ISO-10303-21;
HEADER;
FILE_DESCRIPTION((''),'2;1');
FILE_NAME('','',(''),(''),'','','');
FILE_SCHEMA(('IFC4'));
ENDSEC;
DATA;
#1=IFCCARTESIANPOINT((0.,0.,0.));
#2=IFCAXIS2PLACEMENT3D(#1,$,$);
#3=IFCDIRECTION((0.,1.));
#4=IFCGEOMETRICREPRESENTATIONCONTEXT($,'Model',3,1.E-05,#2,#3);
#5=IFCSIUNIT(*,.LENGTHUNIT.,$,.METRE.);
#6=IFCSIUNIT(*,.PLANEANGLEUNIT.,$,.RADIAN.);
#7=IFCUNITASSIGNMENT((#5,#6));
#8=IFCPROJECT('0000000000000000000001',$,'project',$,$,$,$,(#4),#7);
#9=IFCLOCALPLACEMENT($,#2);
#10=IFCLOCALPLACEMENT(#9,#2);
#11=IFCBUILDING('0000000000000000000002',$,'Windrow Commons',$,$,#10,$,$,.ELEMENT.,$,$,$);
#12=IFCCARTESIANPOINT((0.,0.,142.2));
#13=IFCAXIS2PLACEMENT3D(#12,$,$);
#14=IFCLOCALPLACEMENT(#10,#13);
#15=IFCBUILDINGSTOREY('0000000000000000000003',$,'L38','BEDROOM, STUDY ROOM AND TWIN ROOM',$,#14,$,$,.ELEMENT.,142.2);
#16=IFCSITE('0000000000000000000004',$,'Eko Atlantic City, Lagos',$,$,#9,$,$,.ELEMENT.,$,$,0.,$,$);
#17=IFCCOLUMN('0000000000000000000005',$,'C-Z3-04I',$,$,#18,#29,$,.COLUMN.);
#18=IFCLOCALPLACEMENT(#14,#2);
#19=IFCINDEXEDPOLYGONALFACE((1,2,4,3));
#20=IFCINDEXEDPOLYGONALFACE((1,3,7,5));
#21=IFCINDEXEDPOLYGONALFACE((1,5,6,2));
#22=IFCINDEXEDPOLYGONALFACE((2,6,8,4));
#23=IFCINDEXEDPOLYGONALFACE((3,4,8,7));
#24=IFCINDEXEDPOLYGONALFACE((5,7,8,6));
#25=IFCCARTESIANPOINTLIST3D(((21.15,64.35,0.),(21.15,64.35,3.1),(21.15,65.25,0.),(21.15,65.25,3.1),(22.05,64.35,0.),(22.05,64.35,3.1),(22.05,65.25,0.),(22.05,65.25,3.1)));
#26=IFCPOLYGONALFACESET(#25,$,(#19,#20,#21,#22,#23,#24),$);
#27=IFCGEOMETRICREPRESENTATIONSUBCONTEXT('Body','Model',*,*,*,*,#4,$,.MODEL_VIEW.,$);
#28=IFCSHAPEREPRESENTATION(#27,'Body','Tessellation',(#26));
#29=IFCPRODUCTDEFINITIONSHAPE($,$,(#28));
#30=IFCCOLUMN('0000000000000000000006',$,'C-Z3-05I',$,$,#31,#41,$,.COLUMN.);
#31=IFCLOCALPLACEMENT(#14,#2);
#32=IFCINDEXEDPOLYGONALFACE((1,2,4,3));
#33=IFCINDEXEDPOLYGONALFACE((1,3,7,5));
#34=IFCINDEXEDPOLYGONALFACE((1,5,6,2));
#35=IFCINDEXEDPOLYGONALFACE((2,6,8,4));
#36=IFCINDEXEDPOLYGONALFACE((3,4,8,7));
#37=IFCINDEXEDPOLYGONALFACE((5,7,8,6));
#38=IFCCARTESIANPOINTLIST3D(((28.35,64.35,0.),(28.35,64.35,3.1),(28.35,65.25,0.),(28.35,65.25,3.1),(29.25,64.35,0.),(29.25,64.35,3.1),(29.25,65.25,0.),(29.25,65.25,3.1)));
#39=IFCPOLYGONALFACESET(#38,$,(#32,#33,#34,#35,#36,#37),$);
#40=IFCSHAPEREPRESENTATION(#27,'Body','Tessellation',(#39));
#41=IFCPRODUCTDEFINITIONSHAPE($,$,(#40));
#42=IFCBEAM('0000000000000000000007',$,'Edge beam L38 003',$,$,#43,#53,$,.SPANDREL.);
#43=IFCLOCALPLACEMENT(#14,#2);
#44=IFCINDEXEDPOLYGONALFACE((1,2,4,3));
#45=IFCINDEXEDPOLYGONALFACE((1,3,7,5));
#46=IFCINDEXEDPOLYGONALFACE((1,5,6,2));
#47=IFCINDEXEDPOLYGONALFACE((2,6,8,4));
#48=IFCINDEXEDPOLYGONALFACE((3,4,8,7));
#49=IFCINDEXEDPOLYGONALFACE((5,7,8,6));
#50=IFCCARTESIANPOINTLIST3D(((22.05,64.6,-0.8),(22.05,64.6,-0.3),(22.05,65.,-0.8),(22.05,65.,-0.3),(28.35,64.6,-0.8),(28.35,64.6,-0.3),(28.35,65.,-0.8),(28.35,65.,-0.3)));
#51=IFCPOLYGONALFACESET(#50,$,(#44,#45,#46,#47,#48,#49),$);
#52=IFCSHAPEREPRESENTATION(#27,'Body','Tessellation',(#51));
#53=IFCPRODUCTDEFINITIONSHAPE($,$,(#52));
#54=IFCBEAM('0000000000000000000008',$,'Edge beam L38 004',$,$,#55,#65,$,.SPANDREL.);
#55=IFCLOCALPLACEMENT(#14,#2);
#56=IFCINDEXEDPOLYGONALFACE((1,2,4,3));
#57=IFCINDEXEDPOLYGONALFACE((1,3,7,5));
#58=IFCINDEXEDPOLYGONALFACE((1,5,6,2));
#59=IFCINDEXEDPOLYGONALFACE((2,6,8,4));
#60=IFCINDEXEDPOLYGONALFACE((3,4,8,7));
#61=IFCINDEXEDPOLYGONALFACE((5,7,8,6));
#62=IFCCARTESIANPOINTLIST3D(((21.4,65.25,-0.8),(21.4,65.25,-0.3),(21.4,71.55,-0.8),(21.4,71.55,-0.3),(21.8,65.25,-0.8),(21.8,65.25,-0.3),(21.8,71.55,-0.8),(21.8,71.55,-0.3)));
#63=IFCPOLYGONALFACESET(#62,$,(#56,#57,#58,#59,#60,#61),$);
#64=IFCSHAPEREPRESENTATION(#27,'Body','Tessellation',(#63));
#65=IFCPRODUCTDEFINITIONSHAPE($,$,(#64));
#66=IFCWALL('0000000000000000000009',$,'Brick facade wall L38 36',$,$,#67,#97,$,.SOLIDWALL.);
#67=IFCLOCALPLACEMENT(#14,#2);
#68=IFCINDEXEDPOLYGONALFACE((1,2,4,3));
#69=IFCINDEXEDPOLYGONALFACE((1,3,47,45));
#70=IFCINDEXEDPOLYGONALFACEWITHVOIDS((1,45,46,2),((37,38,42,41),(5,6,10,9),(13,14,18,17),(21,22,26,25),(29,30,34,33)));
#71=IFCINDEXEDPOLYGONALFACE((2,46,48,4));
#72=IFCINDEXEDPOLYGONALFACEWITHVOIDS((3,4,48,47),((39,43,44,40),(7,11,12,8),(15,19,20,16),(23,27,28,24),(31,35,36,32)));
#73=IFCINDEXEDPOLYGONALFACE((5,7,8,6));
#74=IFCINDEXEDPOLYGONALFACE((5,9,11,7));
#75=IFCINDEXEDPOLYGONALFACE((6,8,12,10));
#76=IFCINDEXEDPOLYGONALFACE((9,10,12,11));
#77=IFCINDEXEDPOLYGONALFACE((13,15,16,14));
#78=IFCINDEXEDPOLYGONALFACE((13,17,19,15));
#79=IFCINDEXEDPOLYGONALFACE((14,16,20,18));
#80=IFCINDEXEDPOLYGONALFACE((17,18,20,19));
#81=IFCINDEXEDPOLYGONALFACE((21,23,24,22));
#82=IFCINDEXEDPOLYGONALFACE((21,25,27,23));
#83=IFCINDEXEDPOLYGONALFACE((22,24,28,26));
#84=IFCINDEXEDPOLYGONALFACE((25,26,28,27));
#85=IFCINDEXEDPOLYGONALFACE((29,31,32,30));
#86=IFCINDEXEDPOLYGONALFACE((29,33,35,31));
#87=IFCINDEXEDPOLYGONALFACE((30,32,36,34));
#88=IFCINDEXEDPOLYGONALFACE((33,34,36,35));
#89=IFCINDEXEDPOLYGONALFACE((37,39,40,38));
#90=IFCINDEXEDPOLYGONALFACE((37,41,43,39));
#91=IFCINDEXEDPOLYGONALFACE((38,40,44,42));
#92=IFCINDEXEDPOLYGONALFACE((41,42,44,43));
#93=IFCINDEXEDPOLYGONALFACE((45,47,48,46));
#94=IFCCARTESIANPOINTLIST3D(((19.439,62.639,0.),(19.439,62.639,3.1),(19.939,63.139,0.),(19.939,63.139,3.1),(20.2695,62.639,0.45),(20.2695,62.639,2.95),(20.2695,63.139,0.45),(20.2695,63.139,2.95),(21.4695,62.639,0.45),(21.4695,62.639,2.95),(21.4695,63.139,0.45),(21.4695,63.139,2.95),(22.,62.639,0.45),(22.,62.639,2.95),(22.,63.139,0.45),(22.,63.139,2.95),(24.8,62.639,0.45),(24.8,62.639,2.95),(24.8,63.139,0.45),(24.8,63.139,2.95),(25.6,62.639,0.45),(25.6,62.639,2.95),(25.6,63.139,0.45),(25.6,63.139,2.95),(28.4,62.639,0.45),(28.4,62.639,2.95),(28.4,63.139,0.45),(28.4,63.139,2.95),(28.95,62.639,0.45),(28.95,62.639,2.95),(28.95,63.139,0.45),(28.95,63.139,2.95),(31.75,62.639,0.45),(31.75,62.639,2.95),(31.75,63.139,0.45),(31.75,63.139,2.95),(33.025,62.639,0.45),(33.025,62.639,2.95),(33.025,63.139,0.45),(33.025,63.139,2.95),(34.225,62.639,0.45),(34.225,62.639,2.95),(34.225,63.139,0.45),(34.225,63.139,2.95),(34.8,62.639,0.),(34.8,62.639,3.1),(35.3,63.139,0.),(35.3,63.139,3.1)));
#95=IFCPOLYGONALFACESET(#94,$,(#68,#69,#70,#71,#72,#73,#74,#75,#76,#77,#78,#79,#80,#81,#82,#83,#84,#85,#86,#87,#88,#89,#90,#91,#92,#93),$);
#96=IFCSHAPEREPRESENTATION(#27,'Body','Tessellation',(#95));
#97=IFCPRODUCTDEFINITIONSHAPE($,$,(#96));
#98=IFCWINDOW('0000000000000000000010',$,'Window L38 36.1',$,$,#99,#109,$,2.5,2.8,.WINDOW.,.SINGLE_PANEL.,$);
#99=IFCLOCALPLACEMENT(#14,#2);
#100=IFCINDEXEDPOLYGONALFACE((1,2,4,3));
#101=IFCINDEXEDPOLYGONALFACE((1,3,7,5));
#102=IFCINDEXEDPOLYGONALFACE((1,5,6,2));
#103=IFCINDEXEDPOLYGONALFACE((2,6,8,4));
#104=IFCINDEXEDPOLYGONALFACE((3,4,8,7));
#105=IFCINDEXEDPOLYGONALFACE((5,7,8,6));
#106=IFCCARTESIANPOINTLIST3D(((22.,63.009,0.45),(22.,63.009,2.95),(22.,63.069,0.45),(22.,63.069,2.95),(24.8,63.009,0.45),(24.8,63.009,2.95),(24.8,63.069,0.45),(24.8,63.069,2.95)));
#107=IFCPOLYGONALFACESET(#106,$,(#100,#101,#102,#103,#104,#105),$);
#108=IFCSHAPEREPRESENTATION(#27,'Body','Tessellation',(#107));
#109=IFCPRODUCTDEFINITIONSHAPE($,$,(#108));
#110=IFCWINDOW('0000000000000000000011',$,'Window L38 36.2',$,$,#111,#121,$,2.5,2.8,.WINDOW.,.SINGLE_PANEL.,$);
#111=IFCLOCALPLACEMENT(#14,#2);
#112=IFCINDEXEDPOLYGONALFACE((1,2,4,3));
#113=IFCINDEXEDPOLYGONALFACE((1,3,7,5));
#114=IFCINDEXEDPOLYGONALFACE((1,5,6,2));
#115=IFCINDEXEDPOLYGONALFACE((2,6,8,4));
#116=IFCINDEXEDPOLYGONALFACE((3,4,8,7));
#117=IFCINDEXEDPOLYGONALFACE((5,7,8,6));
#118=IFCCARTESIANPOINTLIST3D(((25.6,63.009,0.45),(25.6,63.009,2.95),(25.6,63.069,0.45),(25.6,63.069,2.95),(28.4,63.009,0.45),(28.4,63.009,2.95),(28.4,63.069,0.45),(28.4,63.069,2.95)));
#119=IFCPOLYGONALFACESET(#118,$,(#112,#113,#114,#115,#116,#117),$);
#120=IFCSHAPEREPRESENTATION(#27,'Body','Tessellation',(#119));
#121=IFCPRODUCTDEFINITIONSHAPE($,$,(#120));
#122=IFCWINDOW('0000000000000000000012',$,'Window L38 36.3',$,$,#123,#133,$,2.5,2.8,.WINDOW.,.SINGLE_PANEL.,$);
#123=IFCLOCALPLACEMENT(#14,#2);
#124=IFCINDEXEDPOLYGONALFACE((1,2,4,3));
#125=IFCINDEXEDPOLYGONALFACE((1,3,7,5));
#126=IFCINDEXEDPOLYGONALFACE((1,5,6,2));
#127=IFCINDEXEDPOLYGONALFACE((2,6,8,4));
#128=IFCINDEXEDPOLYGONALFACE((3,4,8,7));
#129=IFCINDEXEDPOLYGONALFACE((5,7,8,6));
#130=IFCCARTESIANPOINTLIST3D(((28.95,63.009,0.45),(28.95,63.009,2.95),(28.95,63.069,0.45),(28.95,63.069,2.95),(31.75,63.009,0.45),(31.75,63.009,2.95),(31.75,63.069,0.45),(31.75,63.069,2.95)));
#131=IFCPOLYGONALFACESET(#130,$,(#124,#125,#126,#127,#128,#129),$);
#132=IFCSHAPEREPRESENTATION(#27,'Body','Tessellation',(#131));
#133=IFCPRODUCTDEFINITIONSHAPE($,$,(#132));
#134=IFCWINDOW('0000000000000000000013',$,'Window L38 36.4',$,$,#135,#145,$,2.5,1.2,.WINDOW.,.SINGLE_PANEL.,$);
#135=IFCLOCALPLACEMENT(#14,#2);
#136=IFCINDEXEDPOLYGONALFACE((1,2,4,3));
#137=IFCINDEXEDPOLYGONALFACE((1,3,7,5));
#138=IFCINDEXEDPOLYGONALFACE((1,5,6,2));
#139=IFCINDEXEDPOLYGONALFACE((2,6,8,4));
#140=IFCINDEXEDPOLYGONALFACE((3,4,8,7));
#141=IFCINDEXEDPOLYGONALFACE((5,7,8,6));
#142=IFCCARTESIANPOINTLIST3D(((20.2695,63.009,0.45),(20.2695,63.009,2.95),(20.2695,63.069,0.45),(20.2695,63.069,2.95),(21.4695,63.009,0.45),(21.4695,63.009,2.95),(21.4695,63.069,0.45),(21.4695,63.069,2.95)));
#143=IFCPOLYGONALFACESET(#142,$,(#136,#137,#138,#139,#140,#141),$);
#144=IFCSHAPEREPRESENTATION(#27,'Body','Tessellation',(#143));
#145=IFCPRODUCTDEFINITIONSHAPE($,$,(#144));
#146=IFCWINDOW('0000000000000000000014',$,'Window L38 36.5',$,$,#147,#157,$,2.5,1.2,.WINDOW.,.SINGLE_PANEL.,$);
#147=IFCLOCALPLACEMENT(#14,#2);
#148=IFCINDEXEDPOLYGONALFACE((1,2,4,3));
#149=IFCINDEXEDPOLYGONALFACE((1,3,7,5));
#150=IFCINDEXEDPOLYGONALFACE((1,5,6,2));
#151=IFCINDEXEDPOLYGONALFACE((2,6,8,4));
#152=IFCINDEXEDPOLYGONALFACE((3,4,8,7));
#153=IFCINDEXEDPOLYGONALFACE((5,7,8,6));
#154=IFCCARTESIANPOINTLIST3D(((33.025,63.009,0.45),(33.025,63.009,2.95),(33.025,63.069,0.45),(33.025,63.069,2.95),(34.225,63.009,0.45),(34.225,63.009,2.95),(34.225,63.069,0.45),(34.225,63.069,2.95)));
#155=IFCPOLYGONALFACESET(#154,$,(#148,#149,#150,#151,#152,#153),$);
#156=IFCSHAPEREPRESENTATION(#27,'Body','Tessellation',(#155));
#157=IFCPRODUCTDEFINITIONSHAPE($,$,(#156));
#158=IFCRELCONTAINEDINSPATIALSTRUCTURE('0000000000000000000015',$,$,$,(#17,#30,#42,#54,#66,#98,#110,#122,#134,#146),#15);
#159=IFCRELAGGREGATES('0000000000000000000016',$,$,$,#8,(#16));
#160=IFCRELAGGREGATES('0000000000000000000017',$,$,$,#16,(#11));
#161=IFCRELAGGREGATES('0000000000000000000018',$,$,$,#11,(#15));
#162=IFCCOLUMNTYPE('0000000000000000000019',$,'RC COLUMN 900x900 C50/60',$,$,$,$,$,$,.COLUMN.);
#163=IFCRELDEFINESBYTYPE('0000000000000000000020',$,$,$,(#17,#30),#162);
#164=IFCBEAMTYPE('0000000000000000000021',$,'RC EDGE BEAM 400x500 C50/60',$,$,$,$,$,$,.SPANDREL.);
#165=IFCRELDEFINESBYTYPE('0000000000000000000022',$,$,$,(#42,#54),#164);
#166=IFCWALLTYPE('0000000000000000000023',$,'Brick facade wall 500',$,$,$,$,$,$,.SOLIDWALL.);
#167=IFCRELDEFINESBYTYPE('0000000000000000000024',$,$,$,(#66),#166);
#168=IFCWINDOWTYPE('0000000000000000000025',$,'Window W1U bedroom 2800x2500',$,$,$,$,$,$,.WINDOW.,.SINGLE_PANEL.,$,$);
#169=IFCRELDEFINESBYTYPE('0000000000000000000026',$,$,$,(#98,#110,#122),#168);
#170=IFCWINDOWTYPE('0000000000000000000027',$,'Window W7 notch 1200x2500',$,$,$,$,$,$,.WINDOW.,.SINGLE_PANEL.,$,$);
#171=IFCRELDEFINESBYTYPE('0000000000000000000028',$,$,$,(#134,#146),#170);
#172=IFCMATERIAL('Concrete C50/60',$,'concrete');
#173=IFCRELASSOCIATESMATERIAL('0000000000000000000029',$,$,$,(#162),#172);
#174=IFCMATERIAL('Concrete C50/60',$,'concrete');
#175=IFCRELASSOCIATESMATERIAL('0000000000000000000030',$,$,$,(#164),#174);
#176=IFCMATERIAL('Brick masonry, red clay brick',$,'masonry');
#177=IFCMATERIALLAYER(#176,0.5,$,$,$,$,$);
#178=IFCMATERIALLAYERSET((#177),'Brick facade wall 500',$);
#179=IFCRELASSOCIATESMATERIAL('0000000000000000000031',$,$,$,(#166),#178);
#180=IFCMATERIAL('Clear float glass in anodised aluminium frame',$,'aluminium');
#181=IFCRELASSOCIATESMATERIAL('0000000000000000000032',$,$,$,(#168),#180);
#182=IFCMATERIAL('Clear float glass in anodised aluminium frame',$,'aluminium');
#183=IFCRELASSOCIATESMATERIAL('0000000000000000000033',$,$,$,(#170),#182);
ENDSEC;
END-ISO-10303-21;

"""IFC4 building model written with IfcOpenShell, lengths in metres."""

from ifc_helpers import new_model, si_unit, direction, frame, frame_2d, origin, origin_2d, place, context, subcontext, project, spatial, polyline, rectangle, outline, extrude, material, layer, layer_set, material_profile, profile_set, type_object, element, fill, save


model = new_model("IFC4")

# Units and contexts
model_context = context("Model", 3, precision=1e-05, world=origin(), true_north=direction((0.0, 1.0)))
body_context = subcontext(model_context, "Body", "Model", "MODEL_VIEW")
ifc_project = project(units=[si_unit("LENGTHUNIT", "METRE"), si_unit("PLANEANGLEUNIT", "RADIAN")], contexts=[model_context])

# Site, building, storey
site_placement = place(None, origin())
site = spatial("IfcSite", under=ifc_project, at=site_placement, Name="Eko Atlantic City, Lagos", CompositionType="ELEMENT", RefElevation=0.0)
building_placement = place(site_placement, origin())
building = spatial("IfcBuilding", under=site, at=building_placement, Name="Windrow Commons", CompositionType="ELEMENT")
storey_placement = place(building_placement, frame((0.0, 0.0, 142.2)))
storey = spatial("IfcBuildingStorey", under=building, at=storey_placement, Name="L38", Description="BEDROOM, STUDY ROOM AND TWIN ROOM", CompositionType="ELEMENT", Elevation=142.2)

# Columns
ifc_material_1 = material(Name="Concrete C50/60", Category="concrete")
ifc_material_profile_1 = material_profile(ifc_material_1, rectangle(XDim=0.9, YDim=0.9, at=origin_2d()))
ifc_profile_set_1 = profile_set([ifc_material_profile_1], Name="Concrete C50/60")
column_type = type_object("IfcColumnType", Name="RC COLUMN 900x900 C50/60", PredefinedType="COLUMN", material=ifc_profile_set_1)
for number, where, z_axis, x_axis, name in (
    (1, (21.6, 64.8, 0.0), (0.0, 0.0, 1.0), (1.0, 0.0, 0.0), "C-Z3-04I"),
    (2, (28.8, 64.8, 0.0), (0.0, 0.0, 1.0), (1.0, 0.0, 0.0), "C-Z3-05I"),
):
    element("IfcColumn", number, at=place(storey_placement, frame(where, z_axis=z_axis, x_axis=x_axis)), inside=storey, type_object=column_type, Name=name, PredefinedType="COLUMN", context=body_context, shape_type="SweptSolid", body=[
        extrude(rectangle(XDim=0.9, YDim=0.9, at=origin_2d()), origin(), (0.0, 0.0, 1.0), 3.1),
    ])

# Beams
ifc_material_2 = material(Name="Concrete C50/60", Category="concrete")
ifc_material_profile_2 = material_profile(ifc_material_2, rectangle(XDim=0.4, YDim=0.5, at=origin_2d()))
ifc_profile_set_2 = profile_set([ifc_material_profile_2], Name="Concrete C50/60")
beam_type = type_object("IfcBeamType", Name="RC EDGE BEAM 400x500 C50/60", PredefinedType="SPANDREL", material=ifc_profile_set_2)
for number, where, z_axis, x_axis, name in (
    (3, (28.35, 64.8, -0.55), (-1.0, 0.0, 0.0), (0.0, -1.0, 0.0), "Edge beam L38 003"),
    (4, (21.6, 65.25, -0.55), (0.0, 1.0, 0.0), (-1.0, 0.0, 0.0), "Edge beam L38 004"),
):
    element("IfcBeam", number, at=place(storey_placement, frame(where, z_axis=z_axis, x_axis=x_axis)), inside=storey, type_object=beam_type, Name=name, PredefinedType="SPANDREL", context=body_context, shape_type="SweptSolid", body=[
        extrude(rectangle(XDim=0.4, YDim=0.5, at=origin_2d()), origin(), (0.0, 0.0, 1.0), 6.3),
    ])

# Wall, openings, windows
ifc_material_3 = material(Name="Brick masonry, red clay brick", Category="masonry")
ifc_layer_1 = layer(ifc_material_3, 0.5)
ifc_layer_set_1 = layer_set([ifc_layer_1], Name="Brick facade wall 500")
wall_type_1 = type_object("IfcWallType", Name="Brick facade wall 500", PredefinedType="SOLIDWALL", material=ifc_layer_set_1)
wall_1_placement = place(storey_placement, frame((19.689, 62.889, 0.0), z_axis=(0.0, 0.0, 1.0), x_axis=(1.0, 0.0, 0.0)))
wall_1 = element("IfcWall", 5, at=wall_1_placement, inside=storey, type_object=wall_type_1, Name="Brick facade wall L38 36", PredefinedType="SOLIDWALL", context=body_context, shape_type="SweptSolid", body=[
    extrude(outline(polyline([(-0.25, -0.25), (15.111, -0.25), (15.611, 0.25), (0.25, 0.25), (-0.25, -0.25)])), origin(), (0.0, 0.0, 1.0), 3.1),
])
opening_1_placement = place(wall_1_placement, frame((2.311, 0.0, 0.45)))
opening_1 = element("IfcOpeningElement", 6, at=opening_1_placement, cuts=wall_1, PredefinedType="OPENING", context=body_context, shape_type="SweptSolid", body=[
    extrude(rectangle(XDim=2.8, YDim=2.5, at=frame_2d((1.4, 1.25))), frame((0.0, 0.26, 0.0), z_axis=(0.0, -1.0, 0.0), x_axis=(1.0, 0.0, 0.0)), (0.0, 0.0, 1.0), 0.52),
])
opening_2_placement = place(wall_1_placement, frame((5.911, 0.0, 0.45)))
opening_2 = element("IfcOpeningElement", 7, at=opening_2_placement, cuts=wall_1, PredefinedType="OPENING", context=body_context, shape_type="SweptSolid", body=[
    extrude(rectangle(XDim=2.8, YDim=2.5, at=frame_2d((1.4, 1.25))), frame((0.0, 0.26, 0.0), z_axis=(0.0, -1.0, 0.0), x_axis=(1.0, 0.0, 0.0)), (0.0, 0.0, 1.0), 0.52),
])
opening_3_placement = place(wall_1_placement, frame((9.261, 0.0, 0.45)))
opening_3 = element("IfcOpeningElement", 8, at=opening_3_placement, cuts=wall_1, PredefinedType="OPENING", context=body_context, shape_type="SweptSolid", body=[
    extrude(rectangle(XDim=2.8, YDim=2.5, at=frame_2d((1.4, 1.25))), frame((0.0, 0.26, 0.0), z_axis=(0.0, -1.0, 0.0), x_axis=(1.0, 0.0, 0.0)), (0.0, 0.0, 1.0), 0.52),
])
opening_4_placement = place(wall_1_placement, frame((0.5805, 0.0, 0.45)))
opening_4 = element("IfcOpeningElement", 9, at=opening_4_placement, cuts=wall_1, PredefinedType="OPENING", context=body_context, shape_type="SweptSolid", body=[
    extrude(rectangle(XDim=1.2, YDim=2.5, at=frame_2d((0.6, 1.25))), frame((0.0, 0.26, 0.0), z_axis=(0.0, -1.0, 0.0), x_axis=(1.0, 0.0, 0.0)), (0.0, 0.0, 1.0), 0.52),
])
opening_5_placement = place(wall_1_placement, frame((13.336, 0.0, 0.45)))
opening_5 = element("IfcOpeningElement", 10, at=opening_5_placement, cuts=wall_1, PredefinedType="OPENING", context=body_context, shape_type="SweptSolid", body=[
    extrude(rectangle(XDim=1.2, YDim=2.5, at=frame_2d((0.6, 1.25))), frame((0.0, 0.26, 0.0), z_axis=(0.0, -1.0, 0.0), x_axis=(1.0, 0.0, 0.0)), (0.0, 0.0, 1.0), 0.52),
])
ifc_material_4 = material(Name="Clear float glass in anodised aluminium frame", Category="aluminium")
window_type_1 = type_object("IfcWindowType", Name="Window W1U bedroom 2800x2500", PartitioningType="SINGLE_PANEL", PredefinedType="WINDOW", material=ifc_material_4)
window_1_placement = place(opening_1_placement, origin())
window_1 = element("IfcWindow", 11, at=window_1_placement, inside=storey, type_object=window_type_1, Name="Window L38 36.1", OverallHeight=2.5, OverallWidth=2.8, PartitioningType="SINGLE_PANEL", PredefinedType="WINDOW", context=body_context, shape_type="SweptSolid", body=[
    extrude(rectangle(XDim=2.8, YDim=2.5, at=frame_2d((1.4, 1.25))), frame((0.0, 0.18, 0.0), z_axis=(0.0, -1.0, 0.0), x_axis=(1.0, 0.0, 0.0)), (0.0, 0.0, 1.0), 0.06),
])
fill(opening_1, window_1)
window_2_placement = place(opening_2_placement, origin())
window_2 = element("IfcWindow", 12, at=window_2_placement, inside=storey, type_object=window_type_1, Name="Window L38 36.2", OverallHeight=2.5, OverallWidth=2.8, PartitioningType="SINGLE_PANEL", PredefinedType="WINDOW", context=body_context, shape_type="SweptSolid", body=[
    extrude(rectangle(XDim=2.8, YDim=2.5, at=frame_2d((1.4, 1.25))), frame((0.0, 0.18, 0.0), z_axis=(0.0, -1.0, 0.0), x_axis=(1.0, 0.0, 0.0)), (0.0, 0.0, 1.0), 0.06),
])
fill(opening_2, window_2)
window_3_placement = place(opening_3_placement, origin())
window_3 = element("IfcWindow", 13, at=window_3_placement, inside=storey, type_object=window_type_1, Name="Window L38 36.3", OverallHeight=2.5, OverallWidth=2.8, PartitioningType="SINGLE_PANEL", PredefinedType="WINDOW", context=body_context, shape_type="SweptSolid", body=[
    extrude(rectangle(XDim=2.8, YDim=2.5, at=frame_2d((1.4, 1.25))), frame((0.0, 0.18, 0.0), z_axis=(0.0, -1.0, 0.0), x_axis=(1.0, 0.0, 0.0)), (0.0, 0.0, 1.0), 0.06),
])
fill(opening_3, window_3)
ifc_material_5 = material(Name="Clear float glass in anodised aluminium frame", Category="aluminium")
window_type_2 = type_object("IfcWindowType", Name="Window W7 notch 1200x2500", PartitioningType="SINGLE_PANEL", PredefinedType="WINDOW", material=ifc_material_5)
window_4_placement = place(opening_4_placement, origin())
window_4 = element("IfcWindow", 14, at=window_4_placement, inside=storey, type_object=window_type_2, Name="Window L38 36.4", OverallHeight=2.5, OverallWidth=1.2, PartitioningType="SINGLE_PANEL", PredefinedType="WINDOW", context=body_context, shape_type="SweptSolid", body=[
    extrude(rectangle(XDim=1.2, YDim=2.5, at=frame_2d((0.6, 1.25))), frame((0.0, 0.18, 0.0), z_axis=(0.0, -1.0, 0.0), x_axis=(1.0, 0.0, 0.0)), (0.0, 0.0, 1.0), 0.06),
])
fill(opening_4, window_4)
window_5_placement = place(opening_5_placement, origin())
window_5 = element("IfcWindow", 15, at=window_5_placement, inside=storey, type_object=window_type_2, Name="Window L38 36.5", OverallHeight=2.5, OverallWidth=1.2, PartitioningType="SINGLE_PANEL", PredefinedType="WINDOW", context=body_context, shape_type="SweptSolid", body=[
    extrude(rectangle(XDim=1.2, YDim=2.5, at=frame_2d((0.6, 1.25))), frame((0.0, 0.18, 0.0), z_axis=(0.0, -1.0, 0.0), x_axis=(1.0, 0.0, 0.0)), (0.0, 0.0, 1.0), 0.06),
])
fill(opening_5, window_5)

save(model, "model.ifc")
